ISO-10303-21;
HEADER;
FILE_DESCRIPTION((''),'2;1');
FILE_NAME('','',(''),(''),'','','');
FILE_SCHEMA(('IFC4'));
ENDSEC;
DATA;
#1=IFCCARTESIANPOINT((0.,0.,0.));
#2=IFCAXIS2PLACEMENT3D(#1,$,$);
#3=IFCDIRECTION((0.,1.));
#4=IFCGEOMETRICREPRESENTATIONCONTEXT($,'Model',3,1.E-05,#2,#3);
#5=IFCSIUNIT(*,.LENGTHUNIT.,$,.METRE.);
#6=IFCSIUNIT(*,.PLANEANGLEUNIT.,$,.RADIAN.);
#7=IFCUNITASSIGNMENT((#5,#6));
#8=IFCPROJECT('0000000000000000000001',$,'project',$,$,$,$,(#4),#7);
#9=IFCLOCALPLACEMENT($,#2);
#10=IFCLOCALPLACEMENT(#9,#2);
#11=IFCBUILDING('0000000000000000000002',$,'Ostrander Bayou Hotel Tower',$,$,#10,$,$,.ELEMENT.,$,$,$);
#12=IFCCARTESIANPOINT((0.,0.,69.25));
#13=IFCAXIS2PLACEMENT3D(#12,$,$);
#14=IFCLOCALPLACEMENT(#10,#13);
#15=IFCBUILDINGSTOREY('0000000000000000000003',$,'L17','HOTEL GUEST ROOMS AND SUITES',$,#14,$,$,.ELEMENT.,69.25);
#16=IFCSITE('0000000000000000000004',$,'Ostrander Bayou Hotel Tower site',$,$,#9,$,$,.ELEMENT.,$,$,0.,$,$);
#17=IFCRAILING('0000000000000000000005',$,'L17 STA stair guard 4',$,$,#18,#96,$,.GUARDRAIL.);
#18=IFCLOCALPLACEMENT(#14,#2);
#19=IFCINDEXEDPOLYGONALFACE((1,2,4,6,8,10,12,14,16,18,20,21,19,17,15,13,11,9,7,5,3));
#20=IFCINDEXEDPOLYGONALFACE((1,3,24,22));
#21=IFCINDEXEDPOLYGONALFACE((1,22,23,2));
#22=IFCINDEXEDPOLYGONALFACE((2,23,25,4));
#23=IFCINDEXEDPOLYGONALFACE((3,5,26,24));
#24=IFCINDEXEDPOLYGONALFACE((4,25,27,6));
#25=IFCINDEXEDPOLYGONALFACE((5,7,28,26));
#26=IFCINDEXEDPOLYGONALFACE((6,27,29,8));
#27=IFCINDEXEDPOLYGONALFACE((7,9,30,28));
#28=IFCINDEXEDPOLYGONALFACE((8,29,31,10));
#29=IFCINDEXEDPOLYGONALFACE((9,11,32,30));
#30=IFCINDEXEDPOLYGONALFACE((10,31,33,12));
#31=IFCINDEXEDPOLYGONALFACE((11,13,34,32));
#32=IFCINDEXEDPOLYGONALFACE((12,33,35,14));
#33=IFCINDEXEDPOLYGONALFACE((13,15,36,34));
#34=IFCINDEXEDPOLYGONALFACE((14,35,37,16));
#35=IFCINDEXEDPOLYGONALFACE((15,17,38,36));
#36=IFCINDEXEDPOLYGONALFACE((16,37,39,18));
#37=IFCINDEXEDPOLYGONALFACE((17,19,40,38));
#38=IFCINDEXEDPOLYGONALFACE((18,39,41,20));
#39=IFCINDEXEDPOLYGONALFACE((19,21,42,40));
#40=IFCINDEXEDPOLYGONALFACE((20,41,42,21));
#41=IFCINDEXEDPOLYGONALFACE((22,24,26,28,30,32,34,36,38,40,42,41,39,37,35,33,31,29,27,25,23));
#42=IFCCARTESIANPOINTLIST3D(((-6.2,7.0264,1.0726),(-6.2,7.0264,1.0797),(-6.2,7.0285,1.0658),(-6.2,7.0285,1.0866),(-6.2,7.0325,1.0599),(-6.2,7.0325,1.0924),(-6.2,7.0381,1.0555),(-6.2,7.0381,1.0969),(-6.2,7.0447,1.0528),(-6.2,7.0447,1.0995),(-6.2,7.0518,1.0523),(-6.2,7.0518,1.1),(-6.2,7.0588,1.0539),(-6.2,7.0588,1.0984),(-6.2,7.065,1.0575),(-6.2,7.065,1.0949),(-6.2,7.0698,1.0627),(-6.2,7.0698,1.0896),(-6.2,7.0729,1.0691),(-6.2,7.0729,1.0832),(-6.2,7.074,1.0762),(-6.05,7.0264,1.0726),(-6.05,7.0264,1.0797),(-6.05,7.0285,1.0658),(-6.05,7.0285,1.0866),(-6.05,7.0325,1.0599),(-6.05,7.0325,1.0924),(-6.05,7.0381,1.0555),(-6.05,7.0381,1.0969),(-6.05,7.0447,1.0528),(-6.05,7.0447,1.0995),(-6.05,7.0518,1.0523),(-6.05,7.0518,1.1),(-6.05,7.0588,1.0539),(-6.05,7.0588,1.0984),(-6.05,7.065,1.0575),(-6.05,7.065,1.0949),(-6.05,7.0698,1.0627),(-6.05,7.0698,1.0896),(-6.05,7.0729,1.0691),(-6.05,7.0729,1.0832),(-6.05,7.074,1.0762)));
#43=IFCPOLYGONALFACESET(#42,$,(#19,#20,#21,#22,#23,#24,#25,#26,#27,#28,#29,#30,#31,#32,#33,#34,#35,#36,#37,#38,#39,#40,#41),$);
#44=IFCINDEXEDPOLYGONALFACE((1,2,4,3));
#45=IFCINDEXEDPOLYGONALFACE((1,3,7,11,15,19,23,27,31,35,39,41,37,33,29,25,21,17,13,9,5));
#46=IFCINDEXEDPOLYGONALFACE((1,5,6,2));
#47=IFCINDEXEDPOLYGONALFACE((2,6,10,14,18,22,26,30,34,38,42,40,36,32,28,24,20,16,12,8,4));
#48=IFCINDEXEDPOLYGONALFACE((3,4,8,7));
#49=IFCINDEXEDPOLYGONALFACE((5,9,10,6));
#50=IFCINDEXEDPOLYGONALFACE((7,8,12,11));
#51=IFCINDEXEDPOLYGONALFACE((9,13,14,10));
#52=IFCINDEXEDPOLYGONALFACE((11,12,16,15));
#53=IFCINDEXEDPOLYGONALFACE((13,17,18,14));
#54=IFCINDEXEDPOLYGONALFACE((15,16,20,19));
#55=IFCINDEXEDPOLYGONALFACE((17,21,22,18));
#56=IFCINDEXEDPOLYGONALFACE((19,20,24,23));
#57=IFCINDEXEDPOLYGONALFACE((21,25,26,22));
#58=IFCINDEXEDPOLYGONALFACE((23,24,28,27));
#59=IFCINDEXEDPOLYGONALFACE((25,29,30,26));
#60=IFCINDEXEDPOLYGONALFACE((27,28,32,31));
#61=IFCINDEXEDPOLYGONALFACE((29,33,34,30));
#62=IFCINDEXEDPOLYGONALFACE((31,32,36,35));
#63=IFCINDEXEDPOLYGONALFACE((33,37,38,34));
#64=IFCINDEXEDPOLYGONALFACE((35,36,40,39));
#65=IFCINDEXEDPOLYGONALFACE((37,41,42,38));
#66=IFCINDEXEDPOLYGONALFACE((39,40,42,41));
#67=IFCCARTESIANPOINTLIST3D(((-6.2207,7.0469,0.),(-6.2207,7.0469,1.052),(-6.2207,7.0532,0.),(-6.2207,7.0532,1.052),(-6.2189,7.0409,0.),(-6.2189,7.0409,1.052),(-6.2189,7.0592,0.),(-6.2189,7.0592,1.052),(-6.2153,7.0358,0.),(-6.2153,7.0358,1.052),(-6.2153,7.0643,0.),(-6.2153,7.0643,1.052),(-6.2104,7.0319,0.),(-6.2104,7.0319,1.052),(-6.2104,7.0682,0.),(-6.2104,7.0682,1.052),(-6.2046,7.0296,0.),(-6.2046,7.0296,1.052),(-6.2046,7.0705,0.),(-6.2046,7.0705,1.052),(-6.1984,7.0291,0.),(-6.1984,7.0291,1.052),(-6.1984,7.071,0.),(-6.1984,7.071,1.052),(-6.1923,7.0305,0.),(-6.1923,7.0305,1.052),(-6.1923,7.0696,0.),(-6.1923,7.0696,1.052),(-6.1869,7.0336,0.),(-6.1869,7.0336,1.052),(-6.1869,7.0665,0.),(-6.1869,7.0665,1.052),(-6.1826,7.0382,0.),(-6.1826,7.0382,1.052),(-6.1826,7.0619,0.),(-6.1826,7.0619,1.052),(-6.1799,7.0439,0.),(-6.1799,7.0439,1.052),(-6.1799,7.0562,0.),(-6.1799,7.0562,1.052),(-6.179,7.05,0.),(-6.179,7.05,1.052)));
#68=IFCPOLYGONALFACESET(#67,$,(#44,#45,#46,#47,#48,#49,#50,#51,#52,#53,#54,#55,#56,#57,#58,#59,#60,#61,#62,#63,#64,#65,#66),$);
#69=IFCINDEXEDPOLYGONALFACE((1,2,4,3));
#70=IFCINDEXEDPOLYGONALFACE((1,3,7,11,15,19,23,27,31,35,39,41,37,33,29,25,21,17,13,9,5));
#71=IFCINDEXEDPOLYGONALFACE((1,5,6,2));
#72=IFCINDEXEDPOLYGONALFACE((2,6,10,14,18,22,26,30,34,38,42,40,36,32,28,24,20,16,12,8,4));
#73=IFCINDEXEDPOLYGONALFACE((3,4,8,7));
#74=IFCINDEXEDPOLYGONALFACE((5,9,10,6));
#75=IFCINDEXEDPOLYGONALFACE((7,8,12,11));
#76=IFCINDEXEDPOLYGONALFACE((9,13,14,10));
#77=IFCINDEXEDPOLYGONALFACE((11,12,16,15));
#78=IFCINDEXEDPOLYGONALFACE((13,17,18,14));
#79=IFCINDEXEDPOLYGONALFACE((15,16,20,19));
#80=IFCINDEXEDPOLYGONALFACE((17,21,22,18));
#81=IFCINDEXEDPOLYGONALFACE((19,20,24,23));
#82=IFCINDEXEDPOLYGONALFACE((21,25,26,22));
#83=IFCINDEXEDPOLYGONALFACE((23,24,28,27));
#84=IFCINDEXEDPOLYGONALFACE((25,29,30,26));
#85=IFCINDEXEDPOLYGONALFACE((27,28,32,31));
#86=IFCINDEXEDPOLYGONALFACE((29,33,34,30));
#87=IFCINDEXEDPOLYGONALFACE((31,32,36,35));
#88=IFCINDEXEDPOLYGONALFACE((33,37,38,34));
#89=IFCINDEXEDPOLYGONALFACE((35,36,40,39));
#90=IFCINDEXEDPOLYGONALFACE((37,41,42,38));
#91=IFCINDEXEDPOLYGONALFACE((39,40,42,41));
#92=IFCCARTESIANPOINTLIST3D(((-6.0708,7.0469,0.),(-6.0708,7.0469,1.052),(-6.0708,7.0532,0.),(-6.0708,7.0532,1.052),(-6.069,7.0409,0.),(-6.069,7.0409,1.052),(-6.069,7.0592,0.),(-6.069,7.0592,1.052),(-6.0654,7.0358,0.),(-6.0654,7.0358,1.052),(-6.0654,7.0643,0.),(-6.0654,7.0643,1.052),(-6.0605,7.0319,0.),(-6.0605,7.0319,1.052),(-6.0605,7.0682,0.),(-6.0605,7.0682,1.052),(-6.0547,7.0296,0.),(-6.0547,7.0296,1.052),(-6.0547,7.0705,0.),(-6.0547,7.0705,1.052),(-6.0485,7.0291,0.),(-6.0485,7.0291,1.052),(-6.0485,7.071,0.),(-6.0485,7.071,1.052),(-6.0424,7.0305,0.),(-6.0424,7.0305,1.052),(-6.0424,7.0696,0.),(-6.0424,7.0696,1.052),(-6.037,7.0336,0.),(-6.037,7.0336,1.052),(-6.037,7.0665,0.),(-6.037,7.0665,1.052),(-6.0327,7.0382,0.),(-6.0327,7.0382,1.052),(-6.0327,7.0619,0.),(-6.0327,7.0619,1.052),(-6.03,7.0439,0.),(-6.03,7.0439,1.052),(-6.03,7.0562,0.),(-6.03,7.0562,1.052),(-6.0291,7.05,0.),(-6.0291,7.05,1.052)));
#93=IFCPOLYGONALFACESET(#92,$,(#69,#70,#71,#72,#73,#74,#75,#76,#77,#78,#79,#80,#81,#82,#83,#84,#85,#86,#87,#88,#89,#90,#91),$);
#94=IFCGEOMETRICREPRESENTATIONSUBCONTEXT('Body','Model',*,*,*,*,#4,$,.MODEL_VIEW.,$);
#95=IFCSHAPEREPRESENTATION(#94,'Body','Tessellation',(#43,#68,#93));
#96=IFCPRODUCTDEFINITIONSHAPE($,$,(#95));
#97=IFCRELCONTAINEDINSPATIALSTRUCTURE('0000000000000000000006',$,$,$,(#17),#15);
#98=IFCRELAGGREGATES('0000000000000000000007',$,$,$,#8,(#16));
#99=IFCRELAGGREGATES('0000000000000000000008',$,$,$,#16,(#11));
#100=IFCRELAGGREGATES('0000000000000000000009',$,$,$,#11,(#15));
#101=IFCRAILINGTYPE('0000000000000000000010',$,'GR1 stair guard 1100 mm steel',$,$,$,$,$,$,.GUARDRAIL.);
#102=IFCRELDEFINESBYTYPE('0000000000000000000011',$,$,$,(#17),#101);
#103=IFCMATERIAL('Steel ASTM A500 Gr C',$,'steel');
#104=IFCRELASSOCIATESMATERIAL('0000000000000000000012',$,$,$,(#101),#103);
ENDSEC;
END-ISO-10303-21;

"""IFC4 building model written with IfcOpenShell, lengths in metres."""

from ifc_helpers import new_model, si_unit, direction, frame, origin, origin_2d, place, context, subcontext, project, spatial, circle, extrude, material, type_object, element, save


model = new_model("IFC4")

# Units and contexts
model_context = context("Model", 3, precision=1e-05, world=origin(), true_north=direction((0.0, 1.0)))
body_context = subcontext(model_context, "Body", "Model", "MODEL_VIEW")
ifc_project = project(units=[si_unit("LENGTHUNIT", "METRE"), si_unit("PLANEANGLEUNIT", "RADIAN")], contexts=[model_context])

# Site, building, storey
site_placement = place(None, origin())
site = spatial("IfcSite", under=ifc_project, at=site_placement, Name="Ostrander Bayou Hotel Tower site", CompositionType="ELEMENT", RefElevation=0.0)
building_placement = place(site_placement, origin())
building = spatial("IfcBuilding", under=site, at=building_placement, Name="Ostrander Bayou Hotel Tower", CompositionType="ELEMENT")
storey_placement = place(building_placement, frame((0.0, 0.0, 69.25)))
storey = spatial("IfcBuildingStorey", under=building, at=storey_placement, Name="L17", Description="HOTEL GUEST ROOMS AND SUITES", CompositionType="ELEMENT", Elevation=69.25)

# Railing
ifc_material_1 = material(Name="Steel ASTM A500 Gr C", Category="steel")
railing_type = type_object("IfcRailingType", Name="GR1 stair guard 1100 mm steel", PredefinedType="GUARDRAIL", material=ifc_material_1)
railing_1_placement = place(storey_placement, frame((-6.2, 7.05, 0.0)))
element("IfcRailing", 1, at=railing_1_placement, inside=storey, type_object=railing_type, Name="L17 STA stair guard 4", PredefinedType="GUARDRAIL", context=body_context, shape_type="SweptSolid", body=[
    extrude(circle(Radius=0.0239, at=origin_2d()), frame((0.0, 0.0, 1.0762), z_axis=(1.0, 0.0, 0.0), x_axis=(0.0, 1.0, 0.0)), (0.0, 0.0, 1.0), 0.1499),
    extrude(circle(Radius=0.021, at=origin_2d()), origin(), (0.0, 0.0, 1.0), 1.052),
    extrude(circle(Radius=0.021, at=origin_2d()), frame((0.1499, 0.0, 0.0)), (0.0, 0.0, 1.0), 1.052),
])

save(model, "model.ifc")
